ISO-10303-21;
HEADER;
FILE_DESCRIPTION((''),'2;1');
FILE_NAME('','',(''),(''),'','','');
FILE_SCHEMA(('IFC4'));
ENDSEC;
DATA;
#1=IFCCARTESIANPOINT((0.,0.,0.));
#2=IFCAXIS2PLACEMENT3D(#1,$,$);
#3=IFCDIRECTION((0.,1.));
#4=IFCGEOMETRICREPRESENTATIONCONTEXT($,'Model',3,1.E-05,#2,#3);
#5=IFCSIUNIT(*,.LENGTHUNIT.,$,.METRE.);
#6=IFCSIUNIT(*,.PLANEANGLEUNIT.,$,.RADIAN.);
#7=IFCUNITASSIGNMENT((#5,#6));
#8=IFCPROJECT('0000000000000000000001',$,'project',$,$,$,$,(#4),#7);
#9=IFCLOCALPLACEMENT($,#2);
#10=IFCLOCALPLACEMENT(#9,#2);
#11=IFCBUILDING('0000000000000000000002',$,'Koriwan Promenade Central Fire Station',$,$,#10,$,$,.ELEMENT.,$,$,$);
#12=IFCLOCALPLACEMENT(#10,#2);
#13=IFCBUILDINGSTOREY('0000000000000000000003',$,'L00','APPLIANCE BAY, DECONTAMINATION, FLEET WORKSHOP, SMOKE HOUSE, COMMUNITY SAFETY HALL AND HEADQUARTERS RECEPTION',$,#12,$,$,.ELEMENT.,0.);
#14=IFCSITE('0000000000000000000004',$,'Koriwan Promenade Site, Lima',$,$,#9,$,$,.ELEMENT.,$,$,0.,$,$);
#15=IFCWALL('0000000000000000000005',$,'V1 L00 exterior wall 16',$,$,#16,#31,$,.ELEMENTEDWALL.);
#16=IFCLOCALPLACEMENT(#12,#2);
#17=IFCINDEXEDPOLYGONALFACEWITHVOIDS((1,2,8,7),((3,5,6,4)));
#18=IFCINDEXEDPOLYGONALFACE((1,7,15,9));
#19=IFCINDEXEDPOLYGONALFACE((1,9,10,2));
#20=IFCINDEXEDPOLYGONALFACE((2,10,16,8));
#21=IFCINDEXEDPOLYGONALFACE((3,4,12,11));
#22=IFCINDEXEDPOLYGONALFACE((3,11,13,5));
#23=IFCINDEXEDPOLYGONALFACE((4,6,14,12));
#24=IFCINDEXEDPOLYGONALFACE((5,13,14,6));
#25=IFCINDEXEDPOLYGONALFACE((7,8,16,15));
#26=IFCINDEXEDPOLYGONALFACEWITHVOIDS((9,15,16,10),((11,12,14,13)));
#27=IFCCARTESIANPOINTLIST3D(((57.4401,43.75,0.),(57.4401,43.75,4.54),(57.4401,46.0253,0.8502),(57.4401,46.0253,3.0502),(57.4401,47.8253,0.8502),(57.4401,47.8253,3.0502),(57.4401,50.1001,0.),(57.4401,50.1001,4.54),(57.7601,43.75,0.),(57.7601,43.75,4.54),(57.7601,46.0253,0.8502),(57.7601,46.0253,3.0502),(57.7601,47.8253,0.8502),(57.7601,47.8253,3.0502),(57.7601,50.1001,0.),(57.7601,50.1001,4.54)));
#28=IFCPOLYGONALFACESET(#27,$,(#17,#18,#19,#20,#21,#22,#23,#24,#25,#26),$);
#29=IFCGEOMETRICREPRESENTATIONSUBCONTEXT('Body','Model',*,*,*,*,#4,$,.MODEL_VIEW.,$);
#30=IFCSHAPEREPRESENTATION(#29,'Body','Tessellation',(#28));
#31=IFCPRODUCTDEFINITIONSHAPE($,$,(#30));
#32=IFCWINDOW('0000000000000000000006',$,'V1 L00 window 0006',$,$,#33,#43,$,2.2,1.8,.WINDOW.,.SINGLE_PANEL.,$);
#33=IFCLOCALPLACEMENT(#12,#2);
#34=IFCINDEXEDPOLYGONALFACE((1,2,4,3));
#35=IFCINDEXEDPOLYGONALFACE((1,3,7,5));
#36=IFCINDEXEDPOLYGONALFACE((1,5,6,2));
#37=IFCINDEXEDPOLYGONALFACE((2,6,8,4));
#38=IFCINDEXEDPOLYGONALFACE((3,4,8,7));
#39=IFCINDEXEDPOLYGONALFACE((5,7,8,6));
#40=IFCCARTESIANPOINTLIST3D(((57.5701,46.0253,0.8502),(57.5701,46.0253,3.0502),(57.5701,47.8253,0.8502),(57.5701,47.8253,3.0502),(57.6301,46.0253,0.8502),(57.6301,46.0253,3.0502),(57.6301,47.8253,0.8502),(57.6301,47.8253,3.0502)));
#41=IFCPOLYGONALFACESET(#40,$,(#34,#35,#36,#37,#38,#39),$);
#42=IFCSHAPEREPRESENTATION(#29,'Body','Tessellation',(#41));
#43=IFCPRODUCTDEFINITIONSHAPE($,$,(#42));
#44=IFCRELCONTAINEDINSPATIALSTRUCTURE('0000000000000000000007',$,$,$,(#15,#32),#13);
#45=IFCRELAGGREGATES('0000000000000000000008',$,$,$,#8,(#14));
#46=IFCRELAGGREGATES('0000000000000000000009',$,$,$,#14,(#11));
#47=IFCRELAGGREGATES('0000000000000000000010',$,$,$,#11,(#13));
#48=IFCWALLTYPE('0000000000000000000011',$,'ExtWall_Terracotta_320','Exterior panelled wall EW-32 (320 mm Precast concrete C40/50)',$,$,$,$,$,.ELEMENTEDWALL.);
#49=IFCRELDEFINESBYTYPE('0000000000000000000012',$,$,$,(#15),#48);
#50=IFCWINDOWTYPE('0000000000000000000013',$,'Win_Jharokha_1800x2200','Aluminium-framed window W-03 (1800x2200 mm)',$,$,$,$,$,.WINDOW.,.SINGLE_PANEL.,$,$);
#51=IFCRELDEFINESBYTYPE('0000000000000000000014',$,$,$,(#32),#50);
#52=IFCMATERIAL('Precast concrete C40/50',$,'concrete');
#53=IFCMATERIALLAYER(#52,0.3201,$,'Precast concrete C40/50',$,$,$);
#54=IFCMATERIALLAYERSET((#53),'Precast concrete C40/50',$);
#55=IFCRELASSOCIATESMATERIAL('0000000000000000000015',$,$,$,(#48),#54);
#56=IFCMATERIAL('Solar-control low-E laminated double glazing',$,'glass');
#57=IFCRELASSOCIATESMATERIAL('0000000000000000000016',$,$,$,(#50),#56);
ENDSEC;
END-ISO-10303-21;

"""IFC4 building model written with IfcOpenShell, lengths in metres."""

from ifc_helpers import new_model, si_unit, direction, frame, frame_2d, origin, place, context, subcontext, project, spatial, rectangle, extrude, material, layer, layer_set, type_object, element, fill, save


model = new_model("IFC4")

# Units and contexts
model_context = context("Model", 3, precision=1e-05, world=origin(), true_north=direction((0.0, 1.0)))
body_context = subcontext(model_context, "Body", "Model", "MODEL_VIEW")
ifc_project = project(units=[si_unit("LENGTHUNIT", "METRE"), si_unit("PLANEANGLEUNIT", "RADIAN")], contexts=[model_context])

# Site, building, storey
site_placement = place(None, origin())
site = spatial("IfcSite", under=ifc_project, at=site_placement, Name="Koriwan Promenade Site, Lima", CompositionType="ELEMENT", RefElevation=0.0)
building_placement = place(site_placement, origin())
building = spatial("IfcBuilding", under=site, at=building_placement, Name="Koriwan Promenade Central Fire Station", CompositionType="ELEMENT")
storey_placement = place(building_placement, origin())
storey = spatial("IfcBuildingStorey", under=building, at=storey_placement, Name="L00", Description="APPLIANCE BAY, DECONTAMINATION, FLEET WORKSHOP, SMOKE HOUSE, COMMUNITY SAFETY HALL AND HEADQUARTERS RECEPTION", CompositionType="ELEMENT", Elevation=0.0)

# Wall, opening, window
ifc_material_1 = material(Name="Precast concrete C40/50", Category="concrete")
ifc_layer_1 = layer(ifc_material_1, 0.3201, Name="Precast concrete C40/50")
ifc_layer_set_1 = layer_set([ifc_layer_1], Name="Precast concrete C40/50")
wall_type = type_object("IfcWallType", Name="ExtWall_Terracotta_320", Description="Exterior panelled wall EW-32 (320 mm Precast concrete C40/50)", PredefinedType="ELEMENTEDWALL", material=ifc_layer_set_1)
wall_placement = place(storey_placement, frame((57.6001, 50.1001, 0.0), z_axis=(0.0, 0.0, 1.0), x_axis=(0.0, -1.0, 0.0)))
wall = element("IfcWall", 1, at=wall_placement, inside=storey, type_object=wall_type, Name="V1 L00 exterior wall 16", PredefinedType="ELEMENTEDWALL", context=body_context, shape_type="SweptSolid", body=[
    extrude(rectangle(XDim=6.3501, YDim=0.3201, at=frame_2d((3.175, 0.0))), origin(), (0.0, 0.0, 1.0), 4.54),
])
opening_placement = place(wall_placement, frame((2.2749, 0.0, 0.8501)))
opening = element("IfcOpeningElement", 2, at=opening_placement, cuts=wall, PredefinedType="OPENING", context=body_context, shape_type="SweptSolid", body=[
    extrude(rectangle(XDim=1.8, YDim=2.2, at=frame_2d((0.8999, 1.1001))), frame((0.0, 0.1719, 0.0), z_axis=(0.0, -1.0, 0.0), x_axis=(1.0, 0.0, 0.0)), (0.0, 0.0, 1.0), 0.344),
])
ifc_material_2 = material(Name="Solar-control low-E laminated double glazing", Category="glass")
window_type = type_object("IfcWindowType", Name="Win_Jharokha_1800x2200", Description="Aluminium-framed window W-03 (1800x2200 mm)", PartitioningType="SINGLE_PANEL", PredefinedType="WINDOW", material=ifc_material_2)
window_placement = place(opening_placement, origin())
window = element("IfcWindow", 3, at=window_placement, inside=storey, type_object=window_type, Name="V1 L00 window 0006", OverallHeight=2.2, OverallWidth=1.8, PartitioningType="SINGLE_PANEL", PredefinedType="WINDOW", context=body_context, shape_type="SweptSolid", body=[
    extrude(rectangle(XDim=1.8, YDim=2.2, at=frame_2d((0.8999, 1.1001))), frame((0.0, 0.03, 0.0), z_axis=(0.0, -1.0, 0.0), x_axis=(1.0, 0.0, 0.0)), (0.0, 0.0, 1.0), 0.0601),
])
fill(opening, window)

save(model, "model.ifc")
